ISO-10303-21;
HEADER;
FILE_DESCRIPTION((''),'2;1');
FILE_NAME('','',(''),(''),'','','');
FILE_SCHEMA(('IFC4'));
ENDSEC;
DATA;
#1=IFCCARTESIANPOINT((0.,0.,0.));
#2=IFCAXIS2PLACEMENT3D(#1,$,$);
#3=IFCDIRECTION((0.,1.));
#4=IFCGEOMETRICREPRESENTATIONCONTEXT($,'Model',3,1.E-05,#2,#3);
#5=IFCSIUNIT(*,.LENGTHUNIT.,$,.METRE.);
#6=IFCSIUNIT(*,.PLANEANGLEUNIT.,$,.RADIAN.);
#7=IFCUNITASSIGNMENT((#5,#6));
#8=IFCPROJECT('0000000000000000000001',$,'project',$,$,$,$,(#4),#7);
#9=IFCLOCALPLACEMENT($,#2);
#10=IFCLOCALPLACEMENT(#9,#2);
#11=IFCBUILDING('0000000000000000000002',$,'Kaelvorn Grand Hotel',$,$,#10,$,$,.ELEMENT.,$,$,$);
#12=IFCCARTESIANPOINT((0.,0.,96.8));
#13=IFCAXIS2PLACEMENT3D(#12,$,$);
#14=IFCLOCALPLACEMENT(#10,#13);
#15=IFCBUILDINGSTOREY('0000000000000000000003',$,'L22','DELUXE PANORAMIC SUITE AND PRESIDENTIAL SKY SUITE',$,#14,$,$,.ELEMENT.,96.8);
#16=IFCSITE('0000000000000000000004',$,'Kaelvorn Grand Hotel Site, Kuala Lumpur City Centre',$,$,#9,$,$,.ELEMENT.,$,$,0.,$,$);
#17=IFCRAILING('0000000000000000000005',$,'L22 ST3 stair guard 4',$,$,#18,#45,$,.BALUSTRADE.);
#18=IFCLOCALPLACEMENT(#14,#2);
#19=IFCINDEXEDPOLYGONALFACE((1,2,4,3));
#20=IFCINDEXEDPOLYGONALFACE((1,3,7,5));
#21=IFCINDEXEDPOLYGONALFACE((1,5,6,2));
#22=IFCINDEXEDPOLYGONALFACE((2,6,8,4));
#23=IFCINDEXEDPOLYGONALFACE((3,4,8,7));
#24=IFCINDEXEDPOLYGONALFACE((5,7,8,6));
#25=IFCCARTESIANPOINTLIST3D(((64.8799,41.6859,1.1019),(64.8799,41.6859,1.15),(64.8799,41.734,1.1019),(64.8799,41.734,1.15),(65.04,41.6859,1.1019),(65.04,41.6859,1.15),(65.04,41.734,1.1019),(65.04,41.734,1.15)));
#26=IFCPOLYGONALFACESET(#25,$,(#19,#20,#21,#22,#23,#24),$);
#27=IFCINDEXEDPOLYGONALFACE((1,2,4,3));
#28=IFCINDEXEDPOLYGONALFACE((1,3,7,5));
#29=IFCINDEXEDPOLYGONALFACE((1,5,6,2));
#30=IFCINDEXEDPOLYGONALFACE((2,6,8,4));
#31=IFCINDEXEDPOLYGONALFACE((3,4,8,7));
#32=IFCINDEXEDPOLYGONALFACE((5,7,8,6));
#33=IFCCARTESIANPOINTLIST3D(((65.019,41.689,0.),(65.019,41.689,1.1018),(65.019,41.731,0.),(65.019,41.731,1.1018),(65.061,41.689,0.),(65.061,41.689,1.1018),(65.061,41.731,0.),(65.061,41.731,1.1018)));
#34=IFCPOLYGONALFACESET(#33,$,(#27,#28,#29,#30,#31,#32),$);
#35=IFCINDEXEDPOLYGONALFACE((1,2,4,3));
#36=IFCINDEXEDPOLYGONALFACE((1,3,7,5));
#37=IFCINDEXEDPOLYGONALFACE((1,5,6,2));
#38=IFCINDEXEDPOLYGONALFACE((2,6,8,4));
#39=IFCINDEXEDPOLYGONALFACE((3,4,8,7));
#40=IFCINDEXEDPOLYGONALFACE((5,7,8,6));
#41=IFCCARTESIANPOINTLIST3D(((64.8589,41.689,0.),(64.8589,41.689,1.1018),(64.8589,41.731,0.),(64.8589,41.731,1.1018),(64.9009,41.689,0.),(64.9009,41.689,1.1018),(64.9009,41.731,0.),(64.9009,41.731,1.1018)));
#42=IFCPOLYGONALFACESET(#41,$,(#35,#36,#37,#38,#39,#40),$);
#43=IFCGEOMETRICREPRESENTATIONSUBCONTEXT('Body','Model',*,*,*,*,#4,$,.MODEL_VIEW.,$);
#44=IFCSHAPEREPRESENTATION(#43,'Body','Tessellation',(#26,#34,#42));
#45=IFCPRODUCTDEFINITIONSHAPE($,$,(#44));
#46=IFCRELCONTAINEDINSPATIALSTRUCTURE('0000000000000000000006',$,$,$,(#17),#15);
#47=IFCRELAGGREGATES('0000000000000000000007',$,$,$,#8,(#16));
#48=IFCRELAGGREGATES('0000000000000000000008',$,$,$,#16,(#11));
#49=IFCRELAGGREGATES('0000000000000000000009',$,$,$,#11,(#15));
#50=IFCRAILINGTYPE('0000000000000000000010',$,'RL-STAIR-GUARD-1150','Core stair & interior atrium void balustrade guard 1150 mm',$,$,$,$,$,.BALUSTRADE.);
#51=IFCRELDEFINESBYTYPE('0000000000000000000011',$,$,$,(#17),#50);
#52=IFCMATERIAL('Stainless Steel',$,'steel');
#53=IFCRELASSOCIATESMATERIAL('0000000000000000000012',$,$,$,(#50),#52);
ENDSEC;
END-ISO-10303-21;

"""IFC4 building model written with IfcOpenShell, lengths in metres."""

from ifc_helpers import new_model, si_unit, direction, frame, origin, origin_2d, place, context, subcontext, project, spatial, rectangle, extrude, material, type_object, element, save


model = new_model("IFC4")

# Units and contexts
model_context = context("Model", 3, precision=1e-05, world=origin(), true_north=direction((0.0, 1.0)))
body_context = subcontext(model_context, "Body", "Model", "MODEL_VIEW")
ifc_project = project(units=[si_unit("LENGTHUNIT", "METRE"), si_unit("PLANEANGLEUNIT", "RADIAN")], contexts=[model_context])

# Site, building, storey
site_placement = place(None, origin())
site = spatial("IfcSite", under=ifc_project, at=site_placement, Name="Kaelvorn Grand Hotel Site, Kuala Lumpur City Centre", CompositionType="ELEMENT", RefElevation=0.0)
building_placement = place(site_placement, origin())
building = spatial("IfcBuilding", under=site, at=building_placement, Name="Kaelvorn Grand Hotel", CompositionType="ELEMENT")
storey_placement = place(building_placement, frame((0.0, 0.0, 96.8)))
storey = spatial("IfcBuildingStorey", under=building, at=storey_placement, Name="L22", Description="DELUXE PANORAMIC SUITE AND PRESIDENTIAL SKY SUITE", CompositionType="ELEMENT", Elevation=96.8)

# Shared definitions
ifc_material_1 = material(Name="Stainless Steel", Category="steel")

# Railing
railing_type_1 = type_object("IfcRailingType", Name="RL-STAIR-GUARD-1150", Description="Core stair & interior atrium void balustrade guard 1150 mm", PredefinedType="BALUSTRADE", material=ifc_material_1)
railing_1_placement = place(storey_placement, frame((65.04, 41.71, 0.0)))
element("IfcRailing", 1, at=railing_1_placement, inside=storey, type_object=railing_type_1, Name="L22 ST3 stair guard 4", PredefinedType="BALUSTRADE", context=body_context, shape_type="SweptSolid", body=[
    extrude(rectangle(XDim=0.0481, YDim=0.0481, at=origin_2d()), frame((0.0, 0.0, 1.126), z_axis=(-1.0, 0.0, 0.0), x_axis=(0.0, -1.0, 0.0)), (0.0, 0.0, 1.0), 0.1602),
    extrude(rectangle(XDim=0.042, YDim=0.042, at=origin_2d()), origin(), (0.0, 0.0, 1.0), 1.1018),
    extrude(rectangle(XDim=0.042, YDim=0.042, at=origin_2d()), frame((-0.1602, 0.0, 0.0)), (0.0, 0.0, 1.0), 1.1018),
])

save(model, "model.ifc")
